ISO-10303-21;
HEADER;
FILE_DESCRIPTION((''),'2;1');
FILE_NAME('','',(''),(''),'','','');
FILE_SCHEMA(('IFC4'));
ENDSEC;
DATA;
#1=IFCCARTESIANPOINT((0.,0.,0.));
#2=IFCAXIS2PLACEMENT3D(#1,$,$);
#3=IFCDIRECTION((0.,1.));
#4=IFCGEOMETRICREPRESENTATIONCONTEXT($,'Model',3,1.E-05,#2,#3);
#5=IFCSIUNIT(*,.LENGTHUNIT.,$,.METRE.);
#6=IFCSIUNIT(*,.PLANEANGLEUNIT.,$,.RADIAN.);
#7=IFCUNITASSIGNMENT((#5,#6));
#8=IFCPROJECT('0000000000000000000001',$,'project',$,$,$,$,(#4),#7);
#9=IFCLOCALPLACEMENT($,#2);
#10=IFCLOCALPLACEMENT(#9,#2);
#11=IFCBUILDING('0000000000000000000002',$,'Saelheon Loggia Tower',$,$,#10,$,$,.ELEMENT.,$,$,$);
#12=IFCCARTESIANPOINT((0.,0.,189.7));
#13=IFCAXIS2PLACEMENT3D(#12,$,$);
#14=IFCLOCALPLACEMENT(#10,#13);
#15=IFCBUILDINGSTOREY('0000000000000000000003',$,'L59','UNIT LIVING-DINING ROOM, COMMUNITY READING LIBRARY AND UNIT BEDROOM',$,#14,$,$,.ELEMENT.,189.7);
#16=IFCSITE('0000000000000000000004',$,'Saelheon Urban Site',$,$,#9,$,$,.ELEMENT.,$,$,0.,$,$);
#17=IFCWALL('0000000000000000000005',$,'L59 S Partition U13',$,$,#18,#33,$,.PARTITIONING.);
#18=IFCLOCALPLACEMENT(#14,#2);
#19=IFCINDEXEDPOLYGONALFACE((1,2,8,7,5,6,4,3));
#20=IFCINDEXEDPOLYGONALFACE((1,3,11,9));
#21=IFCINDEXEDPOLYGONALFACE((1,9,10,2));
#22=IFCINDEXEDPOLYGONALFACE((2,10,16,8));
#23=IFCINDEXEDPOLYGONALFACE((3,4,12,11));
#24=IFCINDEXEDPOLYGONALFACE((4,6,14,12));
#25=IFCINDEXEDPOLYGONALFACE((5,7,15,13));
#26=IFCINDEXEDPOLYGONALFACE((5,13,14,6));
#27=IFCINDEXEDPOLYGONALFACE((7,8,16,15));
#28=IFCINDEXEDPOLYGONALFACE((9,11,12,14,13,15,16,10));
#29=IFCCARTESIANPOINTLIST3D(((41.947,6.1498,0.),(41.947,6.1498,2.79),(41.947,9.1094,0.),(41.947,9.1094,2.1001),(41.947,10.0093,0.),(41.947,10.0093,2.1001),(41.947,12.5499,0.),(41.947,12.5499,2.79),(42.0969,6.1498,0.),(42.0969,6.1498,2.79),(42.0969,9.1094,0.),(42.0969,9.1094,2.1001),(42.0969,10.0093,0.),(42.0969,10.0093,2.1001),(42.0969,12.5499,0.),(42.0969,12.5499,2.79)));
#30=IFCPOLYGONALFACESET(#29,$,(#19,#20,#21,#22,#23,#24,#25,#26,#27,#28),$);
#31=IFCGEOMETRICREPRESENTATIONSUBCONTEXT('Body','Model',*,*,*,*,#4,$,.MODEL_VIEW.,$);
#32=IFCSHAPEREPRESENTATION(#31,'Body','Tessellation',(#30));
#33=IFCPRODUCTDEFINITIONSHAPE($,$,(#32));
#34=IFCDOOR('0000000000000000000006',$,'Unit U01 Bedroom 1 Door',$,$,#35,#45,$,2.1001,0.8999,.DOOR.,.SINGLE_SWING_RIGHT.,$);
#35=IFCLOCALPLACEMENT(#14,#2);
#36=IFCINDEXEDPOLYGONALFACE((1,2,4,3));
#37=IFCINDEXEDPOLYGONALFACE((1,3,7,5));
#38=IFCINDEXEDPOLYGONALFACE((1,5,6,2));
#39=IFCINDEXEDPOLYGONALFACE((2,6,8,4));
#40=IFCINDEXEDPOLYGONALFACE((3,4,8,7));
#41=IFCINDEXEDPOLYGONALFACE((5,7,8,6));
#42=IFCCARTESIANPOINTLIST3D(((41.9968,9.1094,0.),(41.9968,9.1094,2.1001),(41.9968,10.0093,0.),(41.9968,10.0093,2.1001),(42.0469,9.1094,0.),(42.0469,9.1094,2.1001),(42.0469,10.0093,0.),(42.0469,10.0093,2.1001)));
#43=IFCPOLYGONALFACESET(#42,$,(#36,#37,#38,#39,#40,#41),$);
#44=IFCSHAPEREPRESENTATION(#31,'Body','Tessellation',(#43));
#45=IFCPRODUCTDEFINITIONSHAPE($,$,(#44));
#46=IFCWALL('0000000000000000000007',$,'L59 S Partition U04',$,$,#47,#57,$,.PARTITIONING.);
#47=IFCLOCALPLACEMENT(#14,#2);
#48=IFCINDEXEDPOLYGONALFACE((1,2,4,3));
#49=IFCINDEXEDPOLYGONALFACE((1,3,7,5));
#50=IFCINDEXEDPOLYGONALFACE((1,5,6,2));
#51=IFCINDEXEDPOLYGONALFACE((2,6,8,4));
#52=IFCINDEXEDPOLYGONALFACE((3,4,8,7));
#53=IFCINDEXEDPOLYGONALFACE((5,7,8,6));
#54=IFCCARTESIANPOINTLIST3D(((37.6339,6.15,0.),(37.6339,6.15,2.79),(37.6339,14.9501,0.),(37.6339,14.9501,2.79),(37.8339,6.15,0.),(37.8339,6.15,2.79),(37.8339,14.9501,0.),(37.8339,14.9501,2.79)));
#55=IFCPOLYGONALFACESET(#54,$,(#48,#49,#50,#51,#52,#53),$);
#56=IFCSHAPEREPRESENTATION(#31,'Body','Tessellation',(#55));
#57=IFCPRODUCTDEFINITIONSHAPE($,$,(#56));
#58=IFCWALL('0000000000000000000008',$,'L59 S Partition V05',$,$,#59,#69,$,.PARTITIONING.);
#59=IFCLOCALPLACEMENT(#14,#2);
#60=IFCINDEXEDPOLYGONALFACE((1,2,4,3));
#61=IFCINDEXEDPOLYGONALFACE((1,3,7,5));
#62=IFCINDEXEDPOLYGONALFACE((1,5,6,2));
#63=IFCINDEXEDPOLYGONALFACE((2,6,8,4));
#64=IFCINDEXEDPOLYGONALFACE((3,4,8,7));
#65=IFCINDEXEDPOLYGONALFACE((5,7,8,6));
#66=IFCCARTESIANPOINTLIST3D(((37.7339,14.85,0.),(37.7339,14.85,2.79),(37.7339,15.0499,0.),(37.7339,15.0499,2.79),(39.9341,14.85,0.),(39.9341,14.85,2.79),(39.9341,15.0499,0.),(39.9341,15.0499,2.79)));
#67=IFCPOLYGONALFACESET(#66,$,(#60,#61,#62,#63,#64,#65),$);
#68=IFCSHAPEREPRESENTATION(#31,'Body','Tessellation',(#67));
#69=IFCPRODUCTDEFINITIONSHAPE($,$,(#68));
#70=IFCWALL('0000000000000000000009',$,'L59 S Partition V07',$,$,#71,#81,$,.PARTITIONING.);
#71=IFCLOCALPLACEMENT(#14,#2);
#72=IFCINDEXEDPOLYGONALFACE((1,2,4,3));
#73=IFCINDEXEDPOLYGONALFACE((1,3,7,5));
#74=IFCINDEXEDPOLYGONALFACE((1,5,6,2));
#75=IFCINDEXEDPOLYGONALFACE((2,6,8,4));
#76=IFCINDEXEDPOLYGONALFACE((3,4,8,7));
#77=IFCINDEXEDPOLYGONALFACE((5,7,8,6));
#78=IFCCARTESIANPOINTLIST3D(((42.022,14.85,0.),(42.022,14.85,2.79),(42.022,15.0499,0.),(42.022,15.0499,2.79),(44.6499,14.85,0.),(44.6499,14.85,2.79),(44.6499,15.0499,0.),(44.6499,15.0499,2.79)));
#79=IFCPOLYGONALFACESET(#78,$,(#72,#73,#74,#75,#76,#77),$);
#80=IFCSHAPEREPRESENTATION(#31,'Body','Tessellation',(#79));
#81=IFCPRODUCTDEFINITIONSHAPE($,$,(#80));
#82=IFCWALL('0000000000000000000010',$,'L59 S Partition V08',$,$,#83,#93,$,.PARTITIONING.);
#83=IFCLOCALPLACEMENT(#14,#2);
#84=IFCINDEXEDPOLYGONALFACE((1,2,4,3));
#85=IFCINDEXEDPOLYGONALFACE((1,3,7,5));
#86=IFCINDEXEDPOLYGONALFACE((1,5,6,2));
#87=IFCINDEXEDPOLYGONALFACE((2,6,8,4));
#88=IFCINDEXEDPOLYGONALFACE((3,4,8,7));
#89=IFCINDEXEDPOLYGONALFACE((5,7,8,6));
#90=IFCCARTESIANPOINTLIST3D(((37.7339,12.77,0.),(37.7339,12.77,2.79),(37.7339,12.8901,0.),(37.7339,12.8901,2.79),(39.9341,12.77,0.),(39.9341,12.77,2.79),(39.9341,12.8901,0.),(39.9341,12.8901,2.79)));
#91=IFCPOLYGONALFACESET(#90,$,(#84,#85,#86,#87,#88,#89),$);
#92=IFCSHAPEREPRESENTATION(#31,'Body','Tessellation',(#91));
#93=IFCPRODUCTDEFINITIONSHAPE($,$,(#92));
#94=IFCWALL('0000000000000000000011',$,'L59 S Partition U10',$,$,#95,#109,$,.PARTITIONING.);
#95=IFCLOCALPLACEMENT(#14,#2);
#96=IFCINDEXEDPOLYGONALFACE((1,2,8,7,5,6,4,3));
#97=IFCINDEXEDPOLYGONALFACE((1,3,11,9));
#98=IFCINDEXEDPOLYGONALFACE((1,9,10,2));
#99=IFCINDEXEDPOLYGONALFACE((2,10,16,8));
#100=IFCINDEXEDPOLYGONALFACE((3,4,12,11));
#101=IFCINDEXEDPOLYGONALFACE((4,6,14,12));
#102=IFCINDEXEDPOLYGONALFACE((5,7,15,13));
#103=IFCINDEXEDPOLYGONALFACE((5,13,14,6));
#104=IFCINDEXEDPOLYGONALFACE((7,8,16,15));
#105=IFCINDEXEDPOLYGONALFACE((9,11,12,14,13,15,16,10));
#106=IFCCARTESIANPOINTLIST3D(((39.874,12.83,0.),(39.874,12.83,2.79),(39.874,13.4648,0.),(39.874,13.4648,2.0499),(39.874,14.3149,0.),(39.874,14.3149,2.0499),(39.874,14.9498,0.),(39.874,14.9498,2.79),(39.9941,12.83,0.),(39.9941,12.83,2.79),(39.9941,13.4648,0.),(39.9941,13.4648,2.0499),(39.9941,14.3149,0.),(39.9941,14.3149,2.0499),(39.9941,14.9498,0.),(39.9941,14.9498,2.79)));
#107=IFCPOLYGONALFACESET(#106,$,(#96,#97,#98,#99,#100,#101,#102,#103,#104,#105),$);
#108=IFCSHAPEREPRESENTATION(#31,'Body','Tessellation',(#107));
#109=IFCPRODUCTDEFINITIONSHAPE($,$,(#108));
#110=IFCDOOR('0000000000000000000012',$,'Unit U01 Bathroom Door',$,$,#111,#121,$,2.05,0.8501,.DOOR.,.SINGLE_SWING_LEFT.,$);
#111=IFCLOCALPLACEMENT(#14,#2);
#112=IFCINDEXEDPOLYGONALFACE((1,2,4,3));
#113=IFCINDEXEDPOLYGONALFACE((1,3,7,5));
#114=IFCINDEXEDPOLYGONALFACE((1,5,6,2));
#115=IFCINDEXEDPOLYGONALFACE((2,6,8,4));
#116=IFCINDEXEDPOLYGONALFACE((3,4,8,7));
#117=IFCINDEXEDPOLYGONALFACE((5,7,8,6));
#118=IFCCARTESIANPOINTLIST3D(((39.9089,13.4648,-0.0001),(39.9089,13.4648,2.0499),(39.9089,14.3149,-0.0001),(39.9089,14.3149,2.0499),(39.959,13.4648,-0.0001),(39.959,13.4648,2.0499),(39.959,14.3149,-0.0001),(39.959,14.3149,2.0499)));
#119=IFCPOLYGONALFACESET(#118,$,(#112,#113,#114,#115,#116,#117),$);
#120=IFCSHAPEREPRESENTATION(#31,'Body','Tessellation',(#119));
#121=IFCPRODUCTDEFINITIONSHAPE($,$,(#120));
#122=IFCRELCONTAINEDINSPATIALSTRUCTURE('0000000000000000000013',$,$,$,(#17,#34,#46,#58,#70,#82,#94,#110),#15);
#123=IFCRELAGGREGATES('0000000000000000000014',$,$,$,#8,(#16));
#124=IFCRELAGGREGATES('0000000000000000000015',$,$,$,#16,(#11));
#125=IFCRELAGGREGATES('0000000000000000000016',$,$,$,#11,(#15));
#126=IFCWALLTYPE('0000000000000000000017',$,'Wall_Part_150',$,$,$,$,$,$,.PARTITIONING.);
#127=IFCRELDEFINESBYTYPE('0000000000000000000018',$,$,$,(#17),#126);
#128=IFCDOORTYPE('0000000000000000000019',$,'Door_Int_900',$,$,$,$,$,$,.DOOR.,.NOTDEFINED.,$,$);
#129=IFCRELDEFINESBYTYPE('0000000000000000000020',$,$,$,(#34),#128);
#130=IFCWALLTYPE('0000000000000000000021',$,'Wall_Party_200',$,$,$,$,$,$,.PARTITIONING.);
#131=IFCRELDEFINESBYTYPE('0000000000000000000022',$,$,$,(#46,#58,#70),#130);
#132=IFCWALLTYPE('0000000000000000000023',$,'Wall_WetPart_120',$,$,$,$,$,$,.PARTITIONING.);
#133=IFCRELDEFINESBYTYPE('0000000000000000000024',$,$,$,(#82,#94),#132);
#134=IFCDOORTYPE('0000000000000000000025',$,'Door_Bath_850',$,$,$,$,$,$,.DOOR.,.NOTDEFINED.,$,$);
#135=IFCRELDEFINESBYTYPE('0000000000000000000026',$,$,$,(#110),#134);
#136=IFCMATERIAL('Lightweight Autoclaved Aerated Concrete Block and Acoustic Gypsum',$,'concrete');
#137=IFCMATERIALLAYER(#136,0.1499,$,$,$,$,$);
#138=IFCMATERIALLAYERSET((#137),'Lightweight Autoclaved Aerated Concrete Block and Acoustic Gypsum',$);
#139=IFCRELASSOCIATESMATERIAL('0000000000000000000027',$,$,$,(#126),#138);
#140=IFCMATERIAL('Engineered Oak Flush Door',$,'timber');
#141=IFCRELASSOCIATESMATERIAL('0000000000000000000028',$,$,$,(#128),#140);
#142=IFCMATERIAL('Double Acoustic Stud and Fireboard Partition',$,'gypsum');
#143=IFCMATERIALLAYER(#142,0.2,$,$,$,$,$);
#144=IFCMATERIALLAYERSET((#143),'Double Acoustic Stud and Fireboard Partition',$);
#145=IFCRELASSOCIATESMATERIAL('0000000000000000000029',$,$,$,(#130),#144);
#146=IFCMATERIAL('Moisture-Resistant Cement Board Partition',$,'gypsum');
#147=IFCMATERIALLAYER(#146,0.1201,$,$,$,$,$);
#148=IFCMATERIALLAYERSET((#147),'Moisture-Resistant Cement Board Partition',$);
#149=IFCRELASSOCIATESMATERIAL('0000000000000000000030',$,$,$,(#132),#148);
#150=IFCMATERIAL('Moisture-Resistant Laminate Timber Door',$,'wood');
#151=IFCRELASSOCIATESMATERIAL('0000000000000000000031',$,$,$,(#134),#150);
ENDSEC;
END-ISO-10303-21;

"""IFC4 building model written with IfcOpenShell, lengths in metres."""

from ifc_helpers import new_model, si_unit, direction, frame, frame_2d, origin, place, context, subcontext, project, spatial, rectangle, extrude, source, transform, mapped, material, layer, layer_set, type_object, element, fill, save


model = new_model("IFC4")

# Units and contexts
model_context = context("Model", 3, precision=1e-05, world=origin(), true_north=direction((0.0, 1.0)))
body_context = subcontext(model_context, "Body", "Model", "MODEL_VIEW")
ifc_project = project(units=[si_unit("LENGTHUNIT", "METRE"), si_unit("PLANEANGLEUNIT", "RADIAN")], contexts=[model_context])

# Site, building, storey
site_placement = place(None, origin())
site = spatial("IfcSite", under=ifc_project, at=site_placement, Name="Saelheon Urban Site", CompositionType="ELEMENT", RefElevation=0.0)
building_placement = place(site_placement, origin())
building = spatial("IfcBuilding", under=site, at=building_placement, Name="Saelheon Loggia Tower", CompositionType="ELEMENT")
storey_placement = place(building_placement, frame((0.0, 0.0, 189.7)))
storey = spatial("IfcBuildingStorey", under=building, at=storey_placement, Name="L59", Description="UNIT LIVING-DINING ROOM, COMMUNITY READING LIBRARY AND UNIT BEDROOM", CompositionType="ELEMENT", Elevation=189.7)

# Shared definitions
ifc_material_1 = material(Name="Lightweight Autoclaved Aerated Concrete Block and Acoustic Gypsum", Category="concrete")
ifc_layer_1 = layer(ifc_material_1, 0.1499)
ifc_layer_set_1 = layer_set([ifc_layer_1], Name="Lightweight Autoclaved Aerated Concrete Block and Acoustic Gypsum")
wall_type_1 = type_object("IfcWallType", Name="Wall_Part_150", PredefinedType="PARTITIONING", material=ifc_layer_set_1)
ifc_material_2 = material(Name="Engineered Oak Flush Door", Category="timber")
door_type_1 = type_object("IfcDoorType", Name="Door_Int_900", OperationType="NOTDEFINED", PredefinedType="DOOR", material=ifc_material_2)
shared_shape_1 = source(origin(), body_context, "Body", "SweptSolid", [
    extrude(rectangle(XDim=0.8999, YDim=2.1001, at=frame_2d((0.45, 1.05))), frame((0.0, 0.0249, 0.0), z_axis=(0.0, -1.0, 0.0), x_axis=(1.0, 0.0, 0.0)), (0.0, 0.0, 1.0), 0.05),
])

# Wall, opening, door
wall_1_placement = place(storey_placement, frame((42.022, 12.55, 0.0), z_axis=(0.0, 0.0, 1.0), x_axis=(0.0, -1.0, 0.0)))
wall_1 = element("IfcWall", 1, at=wall_1_placement, inside=storey, type_object=wall_type_1, Name="L59 S Partition U13", PredefinedType="PARTITIONING", context=body_context, shape_type="SweptSolid", body=[
    extrude(rectangle(XDim=6.4001, YDim=0.1499, at=frame_2d((3.2002, 0.0))), origin(), (0.0, 0.0, 1.0), 2.79),
])
opening_1_placement = place(wall_1_placement, frame((2.5408, 0.0, 0.0)))
opening_1 = element("IfcOpeningElement", 2, at=opening_1_placement, cuts=wall_1, PredefinedType="OPENING", context=body_context, shape_type="SweptSolid", body=[
    extrude(rectangle(XDim=0.8999, YDim=2.1001, at=frame_2d((0.45, 1.05))), frame((0.0, 0.0869, 0.0), z_axis=(0.0, -1.0, 0.0), x_axis=(1.0, 0.0, 0.0)), (0.0, 0.0, 1.0), 0.1738),
])
door_1_placement = place(opening_1_placement, origin())
door_1 = element("IfcDoor", 3, at=door_1_placement, inside=storey, type_object=door_type_1, Name="Unit U01 Bedroom 1 Door", OperationType="SINGLE_SWING_RIGHT", OverallHeight=2.1001, OverallWidth=0.8999, PredefinedType="DOOR", context=body_context, shape_type="MappedRepresentation", body=[
    mapped(shared_shape_1, transform((0.0, 0.0, 0.0), scale=1.0)),
])
fill(opening_1, door_1)

# Walls
ifc_material_3 = material(Name="Double Acoustic Stud and Fireboard Partition", Category="gypsum")
ifc_layer_2 = layer(ifc_material_3, 0.2)
ifc_layer_set_2 = layer_set([ifc_layer_2], Name="Double Acoustic Stud and Fireboard Partition")
wall_type_2 = type_object("IfcWallType", Name="Wall_Party_200", PredefinedType="PARTITIONING", material=ifc_layer_set_2)
wall_2_placement = place(storey_placement, frame((37.7339, 14.95, 0.0), z_axis=(0.0, 0.0, 1.0), x_axis=(0.0, -1.0, 0.0)))
element("IfcWall", 4, at=wall_2_placement, inside=storey, type_object=wall_type_2, Name="L59 S Partition U04", PredefinedType="PARTITIONING", context=body_context, shape_type="SweptSolid", body=[
    extrude(rectangle(XDim=8.8, YDim=0.2, at=frame_2d((4.3999, 0.0))), origin(), (0.0, 0.0, 1.0), 2.79),
])
wall_3_placement = place(storey_placement, frame((37.7339, 14.95, 0.0), z_axis=(0.0, 0.0, 1.0), x_axis=(1.0, 0.0, 0.0)))
element("IfcWall", 5, at=wall_3_placement, inside=storey, type_object=wall_type_2, Name="L59 S Partition V05", PredefinedType="PARTITIONING", context=body_context, shape_type="SweptSolid", body=[
    extrude(rectangle(XDim=2.2002, YDim=0.2, at=frame_2d((1.1001, 0.0))), origin(), (0.0, 0.0, 1.0), 2.79),
])

# Walls
wall_4_placement = place(storey_placement, frame((42.022, 14.95, 0.0), z_axis=(0.0, 0.0, 1.0), x_axis=(1.0, 0.0, 0.0)))
element("IfcWall", 6, at=wall_4_placement, inside=storey, type_object=wall_type_2, Name="L59 S Partition V07", PredefinedType="PARTITIONING", context=body_context, shape_type="SweptSolid", body=[
    extrude(rectangle(XDim=2.6279, YDim=0.2, at=frame_2d((1.314, 0.0))), origin(), (0.0, 0.0, 1.0), 2.79),
])
ifc_material_4 = material(Name="Moisture-Resistant Cement Board Partition", Category="gypsum")
ifc_layer_3 = layer(ifc_material_4, 0.1201)
ifc_layer_set_3 = layer_set([ifc_layer_3], Name="Moisture-Resistant Cement Board Partition")
wall_type_3 = type_object("IfcWallType", Name="Wall_WetPart_120", PredefinedType="PARTITIONING", material=ifc_layer_set_3)
wall_5_placement = place(storey_placement, frame((37.7339, 12.8301, 0.0), z_axis=(0.0, 0.0, 1.0), x_axis=(1.0, 0.0, 0.0)))
element("IfcWall", 7, at=wall_5_placement, inside=storey, type_object=wall_type_3, Name="L59 S Partition V08", PredefinedType="PARTITIONING", context=body_context, shape_type="SweptSolid", body=[
    extrude(rectangle(XDim=2.2002, YDim=0.1201, at=frame_2d((1.1001, 0.0))), origin(), (0.0, 0.0, 1.0), 2.79),
])

# Wall, opening, door
wall_6_placement = place(storey_placement, frame((39.9341, 14.95, 0.0), z_axis=(0.0, 0.0, 1.0), x_axis=(0.0, -1.0, 0.0)))
wall_6 = element("IfcWall", 8, at=wall_6_placement, inside=storey, type_object=wall_type_3, Name="L59 S Partition U10", PredefinedType="PARTITIONING", context=body_context, shape_type="SweptSolid", body=[
    extrude(rectangle(XDim=2.1199, YDim=0.1201, at=frame_2d((1.0601, 0.0))), origin(), (0.0, 0.0, 1.0), 2.79),
])
opening_2_placement = place(wall_6_placement, frame((0.635, 0.0, 0.0)))
opening_2 = element("IfcOpeningElement", 9, at=opening_2_placement, cuts=wall_6, PredefinedType="OPENING", context=body_context, shape_type="SweptSolid", body=[
    extrude(rectangle(XDim=0.8501, YDim=2.05, at=frame_2d((0.425, 1.0249))), frame((0.0, 0.072, 0.0), z_axis=(0.0, -1.0, 0.0), x_axis=(1.0, 0.0, 0.0)), (0.0, 0.0, 1.0), 0.144),
])
ifc_material_5 = material(Name="Moisture-Resistant Laminate Timber Door", Category="wood")
door_type_2 = type_object("IfcDoorType", Name="Door_Bath_850", OperationType="NOTDEFINED", PredefinedType="DOOR", material=ifc_material_5)
shared_shape_2 = source(origin(), body_context, "Body", "SweptSolid", [
    extrude(rectangle(XDim=0.8501, YDim=2.05, at=frame_2d((0.425, 1.0249))), frame((0.0, 0.0249, 0.0), z_axis=(0.0, -1.0, 0.0), x_axis=(1.0, 0.0, 0.0)), (0.0, 0.0, 1.0), 0.05),
])
door_2_placement = place(opening_2_placement, origin())
door_2 = element("IfcDoor", 10, at=door_2_placement, inside=storey, type_object=door_type_2, Name="Unit U01 Bathroom Door", OperationType="SINGLE_SWING_LEFT", OverallHeight=2.05, OverallWidth=0.8501, PredefinedType="DOOR", context=body_context, shape_type="MappedRepresentation", body=[
    mapped(shared_shape_2, transform((0.0, 0.0, 0.0), scale=1.0)),
])
fill(opening_2, door_2)

save(model, "model.ifc")
